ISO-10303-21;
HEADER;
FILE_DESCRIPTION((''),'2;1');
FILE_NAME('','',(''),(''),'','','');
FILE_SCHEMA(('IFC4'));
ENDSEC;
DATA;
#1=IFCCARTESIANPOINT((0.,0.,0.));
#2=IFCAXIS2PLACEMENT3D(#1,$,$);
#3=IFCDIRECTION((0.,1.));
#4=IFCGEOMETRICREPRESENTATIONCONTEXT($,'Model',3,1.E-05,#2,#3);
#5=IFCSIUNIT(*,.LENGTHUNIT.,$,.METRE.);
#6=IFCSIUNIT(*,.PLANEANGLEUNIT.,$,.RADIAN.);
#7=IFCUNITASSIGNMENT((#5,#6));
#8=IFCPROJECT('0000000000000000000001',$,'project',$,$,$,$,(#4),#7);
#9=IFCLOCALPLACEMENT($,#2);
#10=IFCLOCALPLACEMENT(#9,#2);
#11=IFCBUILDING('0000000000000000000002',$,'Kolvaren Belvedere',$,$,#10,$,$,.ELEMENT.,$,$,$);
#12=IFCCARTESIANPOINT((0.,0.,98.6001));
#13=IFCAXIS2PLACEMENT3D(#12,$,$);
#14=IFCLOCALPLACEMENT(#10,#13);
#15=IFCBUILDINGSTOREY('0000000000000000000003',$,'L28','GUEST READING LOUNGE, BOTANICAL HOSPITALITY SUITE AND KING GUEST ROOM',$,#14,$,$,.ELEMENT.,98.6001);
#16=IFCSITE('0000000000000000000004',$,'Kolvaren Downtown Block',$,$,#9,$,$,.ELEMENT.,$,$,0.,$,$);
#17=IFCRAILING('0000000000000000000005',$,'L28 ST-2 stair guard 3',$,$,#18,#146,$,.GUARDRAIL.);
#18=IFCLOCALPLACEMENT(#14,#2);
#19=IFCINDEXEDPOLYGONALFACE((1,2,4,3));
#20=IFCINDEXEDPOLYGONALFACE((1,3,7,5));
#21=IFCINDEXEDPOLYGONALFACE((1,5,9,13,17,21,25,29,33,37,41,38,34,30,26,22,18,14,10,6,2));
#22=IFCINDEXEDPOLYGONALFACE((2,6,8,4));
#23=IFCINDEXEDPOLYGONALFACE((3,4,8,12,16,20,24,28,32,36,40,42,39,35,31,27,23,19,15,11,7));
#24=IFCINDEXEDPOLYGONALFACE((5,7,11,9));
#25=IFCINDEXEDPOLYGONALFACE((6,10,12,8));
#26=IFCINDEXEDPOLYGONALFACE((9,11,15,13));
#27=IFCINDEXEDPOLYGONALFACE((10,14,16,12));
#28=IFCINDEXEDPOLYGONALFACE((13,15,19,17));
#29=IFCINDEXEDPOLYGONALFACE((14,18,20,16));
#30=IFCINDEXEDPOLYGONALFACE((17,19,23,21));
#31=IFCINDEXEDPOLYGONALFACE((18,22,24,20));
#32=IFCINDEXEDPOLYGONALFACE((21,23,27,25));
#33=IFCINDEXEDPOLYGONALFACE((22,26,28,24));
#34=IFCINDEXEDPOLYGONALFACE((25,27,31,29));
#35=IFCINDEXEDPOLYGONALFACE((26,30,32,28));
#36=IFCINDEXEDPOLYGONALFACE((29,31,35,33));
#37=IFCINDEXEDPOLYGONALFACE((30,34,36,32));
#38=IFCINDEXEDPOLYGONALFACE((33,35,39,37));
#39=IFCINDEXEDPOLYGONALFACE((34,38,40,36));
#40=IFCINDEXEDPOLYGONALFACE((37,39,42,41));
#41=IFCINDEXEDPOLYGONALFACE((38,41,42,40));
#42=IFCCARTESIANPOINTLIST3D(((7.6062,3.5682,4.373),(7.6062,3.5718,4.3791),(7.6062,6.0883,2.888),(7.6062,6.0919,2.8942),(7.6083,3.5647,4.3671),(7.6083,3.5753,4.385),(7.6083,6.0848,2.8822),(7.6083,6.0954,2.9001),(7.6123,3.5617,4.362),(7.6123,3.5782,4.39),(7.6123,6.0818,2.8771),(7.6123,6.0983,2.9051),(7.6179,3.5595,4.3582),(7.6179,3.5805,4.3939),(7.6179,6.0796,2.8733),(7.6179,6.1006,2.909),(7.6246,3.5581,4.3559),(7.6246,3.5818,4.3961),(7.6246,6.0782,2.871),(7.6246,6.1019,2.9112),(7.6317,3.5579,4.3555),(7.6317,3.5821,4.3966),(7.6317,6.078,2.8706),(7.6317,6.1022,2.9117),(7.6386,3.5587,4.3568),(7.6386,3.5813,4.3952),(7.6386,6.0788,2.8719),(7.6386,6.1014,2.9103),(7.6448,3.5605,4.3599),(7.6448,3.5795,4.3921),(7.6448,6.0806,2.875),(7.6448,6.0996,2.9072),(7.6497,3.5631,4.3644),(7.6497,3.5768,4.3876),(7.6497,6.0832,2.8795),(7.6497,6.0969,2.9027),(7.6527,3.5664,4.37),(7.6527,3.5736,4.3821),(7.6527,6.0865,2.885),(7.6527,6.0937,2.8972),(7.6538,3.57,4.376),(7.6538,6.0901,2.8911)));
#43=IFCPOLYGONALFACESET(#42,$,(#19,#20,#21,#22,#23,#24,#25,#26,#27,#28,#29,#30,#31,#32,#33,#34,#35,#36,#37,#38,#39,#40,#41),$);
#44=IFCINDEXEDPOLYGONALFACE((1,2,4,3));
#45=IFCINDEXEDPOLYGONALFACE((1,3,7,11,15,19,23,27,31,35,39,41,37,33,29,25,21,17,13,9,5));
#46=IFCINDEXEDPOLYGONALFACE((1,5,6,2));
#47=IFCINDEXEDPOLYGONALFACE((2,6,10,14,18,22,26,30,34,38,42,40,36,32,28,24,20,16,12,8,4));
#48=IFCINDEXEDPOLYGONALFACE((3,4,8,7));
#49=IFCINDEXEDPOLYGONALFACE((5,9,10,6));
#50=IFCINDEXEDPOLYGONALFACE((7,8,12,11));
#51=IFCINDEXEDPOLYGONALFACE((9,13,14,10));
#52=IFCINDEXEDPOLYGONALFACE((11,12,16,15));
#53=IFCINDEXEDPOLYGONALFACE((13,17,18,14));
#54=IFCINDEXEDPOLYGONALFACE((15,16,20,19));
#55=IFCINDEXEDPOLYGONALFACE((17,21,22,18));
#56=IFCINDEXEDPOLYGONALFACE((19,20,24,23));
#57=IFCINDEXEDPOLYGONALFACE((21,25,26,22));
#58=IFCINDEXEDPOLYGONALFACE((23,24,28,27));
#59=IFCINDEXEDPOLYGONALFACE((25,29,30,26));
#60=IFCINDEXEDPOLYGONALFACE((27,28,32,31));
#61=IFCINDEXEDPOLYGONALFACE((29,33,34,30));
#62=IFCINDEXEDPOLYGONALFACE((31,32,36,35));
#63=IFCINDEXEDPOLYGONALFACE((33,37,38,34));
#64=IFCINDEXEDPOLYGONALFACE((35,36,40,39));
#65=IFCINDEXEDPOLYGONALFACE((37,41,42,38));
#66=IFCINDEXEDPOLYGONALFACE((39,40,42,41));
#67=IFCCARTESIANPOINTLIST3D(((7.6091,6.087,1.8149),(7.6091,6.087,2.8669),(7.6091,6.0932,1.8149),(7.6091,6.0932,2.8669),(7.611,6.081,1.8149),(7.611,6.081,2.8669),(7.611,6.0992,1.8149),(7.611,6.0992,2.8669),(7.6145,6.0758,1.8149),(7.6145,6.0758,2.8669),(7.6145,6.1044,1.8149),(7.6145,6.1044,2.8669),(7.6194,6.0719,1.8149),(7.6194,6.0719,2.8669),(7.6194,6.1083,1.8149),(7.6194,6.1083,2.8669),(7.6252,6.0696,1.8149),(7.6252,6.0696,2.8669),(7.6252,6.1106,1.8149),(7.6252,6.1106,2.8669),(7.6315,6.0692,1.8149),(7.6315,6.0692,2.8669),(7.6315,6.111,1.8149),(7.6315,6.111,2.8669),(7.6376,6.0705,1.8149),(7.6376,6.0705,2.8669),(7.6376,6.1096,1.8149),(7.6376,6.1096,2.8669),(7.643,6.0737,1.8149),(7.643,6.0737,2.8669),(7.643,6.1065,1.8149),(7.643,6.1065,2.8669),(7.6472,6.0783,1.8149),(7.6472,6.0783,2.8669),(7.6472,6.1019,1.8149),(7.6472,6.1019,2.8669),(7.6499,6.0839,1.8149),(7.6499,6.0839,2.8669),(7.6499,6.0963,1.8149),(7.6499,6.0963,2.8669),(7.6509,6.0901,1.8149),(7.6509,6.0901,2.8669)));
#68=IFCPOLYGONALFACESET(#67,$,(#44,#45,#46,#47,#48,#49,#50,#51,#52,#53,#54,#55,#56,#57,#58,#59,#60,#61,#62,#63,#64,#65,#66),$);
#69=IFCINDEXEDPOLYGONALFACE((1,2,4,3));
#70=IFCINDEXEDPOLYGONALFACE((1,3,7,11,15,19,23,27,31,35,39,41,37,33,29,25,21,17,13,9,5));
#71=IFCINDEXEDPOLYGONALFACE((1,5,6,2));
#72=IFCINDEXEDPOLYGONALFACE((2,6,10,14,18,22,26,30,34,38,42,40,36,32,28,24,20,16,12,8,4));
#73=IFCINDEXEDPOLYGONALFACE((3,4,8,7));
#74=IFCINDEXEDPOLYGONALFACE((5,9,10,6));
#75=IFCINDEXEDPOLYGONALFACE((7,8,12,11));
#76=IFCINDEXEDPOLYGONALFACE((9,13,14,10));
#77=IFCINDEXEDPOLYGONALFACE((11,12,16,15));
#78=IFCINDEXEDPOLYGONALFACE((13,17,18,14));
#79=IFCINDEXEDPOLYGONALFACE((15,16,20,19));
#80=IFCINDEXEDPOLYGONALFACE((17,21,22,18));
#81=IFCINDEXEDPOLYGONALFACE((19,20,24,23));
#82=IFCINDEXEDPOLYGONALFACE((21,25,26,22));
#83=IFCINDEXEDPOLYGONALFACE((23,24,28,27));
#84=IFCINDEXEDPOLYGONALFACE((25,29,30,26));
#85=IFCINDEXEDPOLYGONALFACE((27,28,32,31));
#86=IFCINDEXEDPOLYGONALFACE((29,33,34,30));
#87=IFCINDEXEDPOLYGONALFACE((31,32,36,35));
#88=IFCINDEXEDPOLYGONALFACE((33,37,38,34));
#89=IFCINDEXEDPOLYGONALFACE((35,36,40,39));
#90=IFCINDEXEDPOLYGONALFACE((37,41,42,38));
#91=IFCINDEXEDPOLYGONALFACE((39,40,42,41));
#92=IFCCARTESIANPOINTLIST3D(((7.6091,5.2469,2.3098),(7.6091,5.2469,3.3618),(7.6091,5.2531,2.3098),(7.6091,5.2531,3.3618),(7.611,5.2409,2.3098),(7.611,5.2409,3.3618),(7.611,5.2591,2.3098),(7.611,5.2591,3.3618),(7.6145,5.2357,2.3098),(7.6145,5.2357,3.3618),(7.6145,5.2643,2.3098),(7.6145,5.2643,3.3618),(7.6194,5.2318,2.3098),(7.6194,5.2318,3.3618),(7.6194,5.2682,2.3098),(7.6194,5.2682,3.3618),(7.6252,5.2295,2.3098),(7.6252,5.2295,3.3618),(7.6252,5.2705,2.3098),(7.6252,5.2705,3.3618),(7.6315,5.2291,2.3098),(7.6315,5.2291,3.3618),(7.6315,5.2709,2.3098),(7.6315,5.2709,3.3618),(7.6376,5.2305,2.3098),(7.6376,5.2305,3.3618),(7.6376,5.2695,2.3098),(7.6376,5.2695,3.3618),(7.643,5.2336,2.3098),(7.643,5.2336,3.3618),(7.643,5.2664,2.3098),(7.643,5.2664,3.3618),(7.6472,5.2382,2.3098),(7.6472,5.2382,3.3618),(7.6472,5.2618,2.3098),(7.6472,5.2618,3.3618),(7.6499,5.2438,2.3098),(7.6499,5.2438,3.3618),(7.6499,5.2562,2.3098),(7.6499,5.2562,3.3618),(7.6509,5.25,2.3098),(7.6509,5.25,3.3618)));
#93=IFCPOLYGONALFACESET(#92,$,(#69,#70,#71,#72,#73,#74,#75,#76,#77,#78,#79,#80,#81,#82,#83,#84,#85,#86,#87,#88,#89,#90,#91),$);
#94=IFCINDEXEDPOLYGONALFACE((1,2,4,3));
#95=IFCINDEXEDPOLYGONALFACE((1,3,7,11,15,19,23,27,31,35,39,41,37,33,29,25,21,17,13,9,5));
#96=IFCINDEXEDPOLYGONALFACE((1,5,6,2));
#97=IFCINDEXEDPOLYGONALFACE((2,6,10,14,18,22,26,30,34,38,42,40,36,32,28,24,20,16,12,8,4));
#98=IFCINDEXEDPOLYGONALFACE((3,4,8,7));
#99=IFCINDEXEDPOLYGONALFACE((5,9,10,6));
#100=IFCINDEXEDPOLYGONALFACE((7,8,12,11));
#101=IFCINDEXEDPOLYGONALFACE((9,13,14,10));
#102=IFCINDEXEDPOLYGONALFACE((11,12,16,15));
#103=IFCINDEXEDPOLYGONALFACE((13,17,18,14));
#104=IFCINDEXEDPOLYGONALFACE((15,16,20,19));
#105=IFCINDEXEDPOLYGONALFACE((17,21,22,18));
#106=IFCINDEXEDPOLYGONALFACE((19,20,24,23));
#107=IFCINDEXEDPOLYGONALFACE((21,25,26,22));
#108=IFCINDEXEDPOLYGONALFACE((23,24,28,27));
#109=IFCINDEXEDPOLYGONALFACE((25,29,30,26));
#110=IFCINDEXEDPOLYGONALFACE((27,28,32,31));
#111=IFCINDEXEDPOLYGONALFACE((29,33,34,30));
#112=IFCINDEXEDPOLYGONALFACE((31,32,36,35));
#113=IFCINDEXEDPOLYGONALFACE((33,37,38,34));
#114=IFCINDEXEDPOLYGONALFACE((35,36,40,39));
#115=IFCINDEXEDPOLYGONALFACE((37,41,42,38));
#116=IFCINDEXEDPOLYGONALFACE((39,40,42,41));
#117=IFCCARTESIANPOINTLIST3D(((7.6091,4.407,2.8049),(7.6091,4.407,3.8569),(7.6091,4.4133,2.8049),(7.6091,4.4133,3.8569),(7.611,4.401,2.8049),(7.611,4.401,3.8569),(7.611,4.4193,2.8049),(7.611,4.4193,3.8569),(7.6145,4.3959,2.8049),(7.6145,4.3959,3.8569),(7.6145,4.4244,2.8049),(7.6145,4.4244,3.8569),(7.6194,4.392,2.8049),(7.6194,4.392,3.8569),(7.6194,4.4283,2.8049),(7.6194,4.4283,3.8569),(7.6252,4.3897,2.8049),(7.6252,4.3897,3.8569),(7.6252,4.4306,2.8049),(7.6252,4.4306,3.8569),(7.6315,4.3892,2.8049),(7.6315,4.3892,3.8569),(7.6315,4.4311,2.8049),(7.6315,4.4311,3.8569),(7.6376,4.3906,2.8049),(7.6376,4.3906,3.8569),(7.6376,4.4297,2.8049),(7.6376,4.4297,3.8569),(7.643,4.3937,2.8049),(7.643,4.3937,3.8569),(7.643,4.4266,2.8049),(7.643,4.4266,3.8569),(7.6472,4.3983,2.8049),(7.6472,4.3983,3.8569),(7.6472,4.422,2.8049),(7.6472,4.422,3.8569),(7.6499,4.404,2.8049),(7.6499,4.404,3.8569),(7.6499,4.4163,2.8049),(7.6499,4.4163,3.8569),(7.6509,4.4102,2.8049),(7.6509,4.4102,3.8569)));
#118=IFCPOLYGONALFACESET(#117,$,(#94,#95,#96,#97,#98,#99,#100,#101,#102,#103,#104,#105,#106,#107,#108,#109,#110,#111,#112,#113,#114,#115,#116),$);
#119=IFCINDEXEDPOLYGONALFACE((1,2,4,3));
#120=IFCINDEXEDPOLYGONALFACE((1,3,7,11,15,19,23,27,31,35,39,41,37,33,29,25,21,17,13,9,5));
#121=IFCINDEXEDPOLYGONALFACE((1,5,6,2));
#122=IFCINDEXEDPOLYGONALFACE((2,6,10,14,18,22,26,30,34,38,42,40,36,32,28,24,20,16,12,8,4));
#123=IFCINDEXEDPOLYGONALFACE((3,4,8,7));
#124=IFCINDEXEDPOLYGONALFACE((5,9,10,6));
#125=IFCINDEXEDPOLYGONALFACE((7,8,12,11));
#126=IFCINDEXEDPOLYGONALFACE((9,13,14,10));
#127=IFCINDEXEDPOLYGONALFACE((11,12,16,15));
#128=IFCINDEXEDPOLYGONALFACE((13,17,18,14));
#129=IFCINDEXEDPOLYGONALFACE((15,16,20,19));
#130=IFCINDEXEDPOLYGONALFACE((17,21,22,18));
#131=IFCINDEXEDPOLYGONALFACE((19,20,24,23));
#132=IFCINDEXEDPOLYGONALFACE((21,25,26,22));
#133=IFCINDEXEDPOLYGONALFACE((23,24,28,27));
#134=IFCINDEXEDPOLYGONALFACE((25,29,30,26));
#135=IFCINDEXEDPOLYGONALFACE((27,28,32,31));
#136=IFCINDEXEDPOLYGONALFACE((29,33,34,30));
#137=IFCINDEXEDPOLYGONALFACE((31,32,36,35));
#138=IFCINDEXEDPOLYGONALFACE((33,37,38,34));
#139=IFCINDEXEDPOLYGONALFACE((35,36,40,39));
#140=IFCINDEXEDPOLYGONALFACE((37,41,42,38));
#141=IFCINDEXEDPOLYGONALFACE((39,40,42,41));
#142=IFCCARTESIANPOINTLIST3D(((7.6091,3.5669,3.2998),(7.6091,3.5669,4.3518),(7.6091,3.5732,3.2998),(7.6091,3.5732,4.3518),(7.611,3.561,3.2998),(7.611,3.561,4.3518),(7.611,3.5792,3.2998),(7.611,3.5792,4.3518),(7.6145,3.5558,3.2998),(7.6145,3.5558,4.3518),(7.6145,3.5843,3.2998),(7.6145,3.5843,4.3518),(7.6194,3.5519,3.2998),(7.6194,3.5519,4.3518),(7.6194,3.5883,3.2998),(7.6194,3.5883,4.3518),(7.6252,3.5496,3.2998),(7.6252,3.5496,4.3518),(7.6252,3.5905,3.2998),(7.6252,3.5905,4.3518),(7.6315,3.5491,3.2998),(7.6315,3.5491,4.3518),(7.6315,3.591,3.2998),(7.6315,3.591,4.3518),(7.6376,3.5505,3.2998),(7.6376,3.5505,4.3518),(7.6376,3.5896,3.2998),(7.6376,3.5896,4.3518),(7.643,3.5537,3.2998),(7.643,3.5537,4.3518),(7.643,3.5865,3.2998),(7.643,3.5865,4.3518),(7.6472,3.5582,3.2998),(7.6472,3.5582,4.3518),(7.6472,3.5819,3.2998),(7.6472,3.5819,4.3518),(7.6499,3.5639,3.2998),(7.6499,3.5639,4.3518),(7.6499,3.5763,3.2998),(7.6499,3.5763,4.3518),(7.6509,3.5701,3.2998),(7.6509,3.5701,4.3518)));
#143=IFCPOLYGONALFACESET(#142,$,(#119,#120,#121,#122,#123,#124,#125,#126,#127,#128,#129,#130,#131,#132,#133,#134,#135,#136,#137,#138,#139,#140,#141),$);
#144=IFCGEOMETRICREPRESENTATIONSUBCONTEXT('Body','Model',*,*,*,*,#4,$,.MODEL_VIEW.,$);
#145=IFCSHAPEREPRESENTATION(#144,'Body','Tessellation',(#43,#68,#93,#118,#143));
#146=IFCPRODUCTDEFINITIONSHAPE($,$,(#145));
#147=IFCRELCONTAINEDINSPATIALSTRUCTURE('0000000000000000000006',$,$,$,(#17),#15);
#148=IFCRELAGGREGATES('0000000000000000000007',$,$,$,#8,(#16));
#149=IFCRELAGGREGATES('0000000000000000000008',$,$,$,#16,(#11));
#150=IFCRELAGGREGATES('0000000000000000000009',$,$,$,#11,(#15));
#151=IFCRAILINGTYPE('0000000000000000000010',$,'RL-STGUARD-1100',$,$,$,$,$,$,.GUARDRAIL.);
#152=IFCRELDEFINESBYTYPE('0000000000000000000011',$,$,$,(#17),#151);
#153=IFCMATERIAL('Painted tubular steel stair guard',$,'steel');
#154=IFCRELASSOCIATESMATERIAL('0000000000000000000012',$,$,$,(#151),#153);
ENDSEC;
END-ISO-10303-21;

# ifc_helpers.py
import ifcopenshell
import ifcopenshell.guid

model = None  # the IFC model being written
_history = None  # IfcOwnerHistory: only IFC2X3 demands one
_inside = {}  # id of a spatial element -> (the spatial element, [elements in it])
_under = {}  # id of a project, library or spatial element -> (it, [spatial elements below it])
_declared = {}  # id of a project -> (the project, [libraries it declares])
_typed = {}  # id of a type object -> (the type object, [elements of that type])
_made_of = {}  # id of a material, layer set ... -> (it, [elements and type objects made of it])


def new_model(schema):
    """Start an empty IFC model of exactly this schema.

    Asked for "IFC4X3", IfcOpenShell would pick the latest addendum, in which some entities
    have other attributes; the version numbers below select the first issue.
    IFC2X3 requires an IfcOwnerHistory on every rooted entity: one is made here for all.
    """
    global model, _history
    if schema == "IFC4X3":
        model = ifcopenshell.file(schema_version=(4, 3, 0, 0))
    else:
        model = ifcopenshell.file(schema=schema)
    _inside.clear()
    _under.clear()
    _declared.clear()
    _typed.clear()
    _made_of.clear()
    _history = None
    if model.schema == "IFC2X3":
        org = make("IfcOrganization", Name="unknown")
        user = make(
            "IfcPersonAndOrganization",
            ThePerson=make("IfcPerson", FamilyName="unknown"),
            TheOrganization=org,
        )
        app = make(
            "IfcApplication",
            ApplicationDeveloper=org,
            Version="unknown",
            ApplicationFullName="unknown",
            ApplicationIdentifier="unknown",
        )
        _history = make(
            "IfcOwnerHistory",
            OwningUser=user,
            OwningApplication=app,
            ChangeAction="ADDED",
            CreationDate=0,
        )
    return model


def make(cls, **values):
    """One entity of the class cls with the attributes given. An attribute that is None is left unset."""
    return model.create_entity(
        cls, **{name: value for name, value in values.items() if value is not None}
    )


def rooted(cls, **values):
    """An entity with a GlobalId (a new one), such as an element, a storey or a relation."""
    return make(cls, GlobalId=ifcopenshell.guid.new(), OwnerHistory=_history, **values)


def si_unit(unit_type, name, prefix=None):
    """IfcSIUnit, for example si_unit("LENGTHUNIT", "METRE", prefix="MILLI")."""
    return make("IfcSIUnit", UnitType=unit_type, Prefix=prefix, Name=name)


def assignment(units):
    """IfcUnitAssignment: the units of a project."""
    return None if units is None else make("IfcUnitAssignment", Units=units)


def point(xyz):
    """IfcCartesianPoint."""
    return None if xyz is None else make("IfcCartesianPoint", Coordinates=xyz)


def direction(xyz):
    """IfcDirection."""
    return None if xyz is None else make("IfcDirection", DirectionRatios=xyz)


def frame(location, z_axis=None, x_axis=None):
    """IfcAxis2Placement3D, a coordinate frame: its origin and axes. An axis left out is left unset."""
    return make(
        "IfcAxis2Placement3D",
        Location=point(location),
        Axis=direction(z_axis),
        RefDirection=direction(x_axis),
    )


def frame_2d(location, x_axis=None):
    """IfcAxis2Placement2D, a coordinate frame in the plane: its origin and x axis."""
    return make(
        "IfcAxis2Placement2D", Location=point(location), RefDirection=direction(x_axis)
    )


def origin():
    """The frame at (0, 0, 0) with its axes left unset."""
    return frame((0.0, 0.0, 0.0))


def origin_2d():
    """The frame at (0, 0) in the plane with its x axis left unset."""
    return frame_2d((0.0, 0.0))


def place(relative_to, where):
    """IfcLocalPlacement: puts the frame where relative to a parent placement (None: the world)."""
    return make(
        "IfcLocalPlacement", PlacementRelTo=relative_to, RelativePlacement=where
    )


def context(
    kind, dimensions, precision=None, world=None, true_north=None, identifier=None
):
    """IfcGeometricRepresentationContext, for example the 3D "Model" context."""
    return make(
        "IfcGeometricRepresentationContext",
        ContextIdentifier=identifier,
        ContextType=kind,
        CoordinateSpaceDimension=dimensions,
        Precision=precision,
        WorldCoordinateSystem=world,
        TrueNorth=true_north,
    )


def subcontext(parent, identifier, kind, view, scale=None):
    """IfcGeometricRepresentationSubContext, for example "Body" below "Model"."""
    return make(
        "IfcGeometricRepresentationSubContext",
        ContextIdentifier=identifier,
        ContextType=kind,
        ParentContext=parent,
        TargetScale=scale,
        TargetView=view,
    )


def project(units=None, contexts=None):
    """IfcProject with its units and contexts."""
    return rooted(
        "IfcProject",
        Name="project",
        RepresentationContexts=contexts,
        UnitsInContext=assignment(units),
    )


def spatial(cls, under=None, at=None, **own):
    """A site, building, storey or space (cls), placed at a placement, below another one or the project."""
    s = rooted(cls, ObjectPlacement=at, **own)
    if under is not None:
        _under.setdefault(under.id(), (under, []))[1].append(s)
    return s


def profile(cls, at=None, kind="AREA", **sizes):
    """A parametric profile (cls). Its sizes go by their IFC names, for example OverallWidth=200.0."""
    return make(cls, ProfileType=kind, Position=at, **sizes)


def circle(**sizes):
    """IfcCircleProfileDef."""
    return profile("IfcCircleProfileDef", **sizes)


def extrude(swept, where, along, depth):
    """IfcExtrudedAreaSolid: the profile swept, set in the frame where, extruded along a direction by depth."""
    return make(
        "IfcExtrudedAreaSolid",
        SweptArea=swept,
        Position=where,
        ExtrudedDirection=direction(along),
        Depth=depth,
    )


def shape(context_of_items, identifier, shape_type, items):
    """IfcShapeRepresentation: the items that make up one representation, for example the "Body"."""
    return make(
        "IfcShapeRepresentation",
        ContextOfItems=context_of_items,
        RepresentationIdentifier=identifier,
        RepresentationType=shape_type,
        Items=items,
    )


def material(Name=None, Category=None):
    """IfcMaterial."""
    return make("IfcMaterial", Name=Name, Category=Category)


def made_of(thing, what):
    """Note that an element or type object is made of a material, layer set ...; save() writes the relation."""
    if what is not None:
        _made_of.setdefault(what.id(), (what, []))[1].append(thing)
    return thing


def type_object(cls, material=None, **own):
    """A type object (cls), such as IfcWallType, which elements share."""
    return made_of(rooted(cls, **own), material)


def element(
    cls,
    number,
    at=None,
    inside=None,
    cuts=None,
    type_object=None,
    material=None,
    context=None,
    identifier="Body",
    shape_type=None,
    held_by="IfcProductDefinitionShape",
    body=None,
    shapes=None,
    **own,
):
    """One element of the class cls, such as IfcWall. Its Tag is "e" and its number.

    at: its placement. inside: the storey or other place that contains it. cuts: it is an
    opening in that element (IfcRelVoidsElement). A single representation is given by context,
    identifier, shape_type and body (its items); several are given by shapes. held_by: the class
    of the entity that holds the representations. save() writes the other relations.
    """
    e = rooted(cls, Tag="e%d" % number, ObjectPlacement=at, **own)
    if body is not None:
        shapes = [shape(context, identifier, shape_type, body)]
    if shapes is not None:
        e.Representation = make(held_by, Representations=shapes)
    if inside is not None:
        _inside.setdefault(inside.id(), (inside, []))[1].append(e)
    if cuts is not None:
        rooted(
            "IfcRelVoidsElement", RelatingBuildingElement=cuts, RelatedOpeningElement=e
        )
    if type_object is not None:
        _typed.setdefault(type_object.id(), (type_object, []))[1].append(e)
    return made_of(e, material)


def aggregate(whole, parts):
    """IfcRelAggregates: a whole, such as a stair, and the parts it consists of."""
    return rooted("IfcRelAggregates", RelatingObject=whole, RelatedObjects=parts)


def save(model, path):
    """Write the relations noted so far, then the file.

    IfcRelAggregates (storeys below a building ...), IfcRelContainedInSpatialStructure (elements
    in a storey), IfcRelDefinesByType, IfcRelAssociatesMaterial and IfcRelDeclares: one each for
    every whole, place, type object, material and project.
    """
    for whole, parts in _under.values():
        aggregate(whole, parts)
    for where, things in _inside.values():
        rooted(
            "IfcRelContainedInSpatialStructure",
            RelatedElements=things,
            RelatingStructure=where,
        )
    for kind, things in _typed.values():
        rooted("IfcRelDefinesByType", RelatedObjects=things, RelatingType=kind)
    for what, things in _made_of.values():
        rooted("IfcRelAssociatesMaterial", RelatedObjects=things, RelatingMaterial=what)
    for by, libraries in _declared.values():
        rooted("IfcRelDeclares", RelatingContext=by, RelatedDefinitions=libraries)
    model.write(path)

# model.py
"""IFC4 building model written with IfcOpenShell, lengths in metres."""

from ifc_helpers import new_model, si_unit, direction, frame, origin, origin_2d, place, context, subcontext, project, spatial, circle, extrude, material, type_object, element, save


model = new_model("IFC4")

# Units and contexts
model_context = context("Model", 3, precision=1e-05, world=origin(), true_north=direction((0.0, 1.0)))
body_context = subcontext(model_context, "Body", "Model", "MODEL_VIEW")
ifc_project = project(units=[si_unit("LENGTHUNIT", "METRE"), si_unit("PLANEANGLEUNIT", "RADIAN")], contexts=[model_context])

# Site, building, storey
site_placement = place(None, origin())
site = spatial("IfcSite", under=ifc_project, at=site_placement, Name="Kolvaren Downtown Block", CompositionType="ELEMENT", RefElevation=0.0)
building_placement = place(site_placement, origin())
building = spatial("IfcBuilding", under=site, at=building_placement, Name="Kolvaren Belvedere", CompositionType="ELEMENT")
storey_placement = place(building_placement, frame((0.0, 0.0, 98.6001)))
storey = spatial("IfcBuildingStorey", under=building, at=storey_placement, Name="L28", Description="GUEST READING LOUNGE, BOTANICAL HOSPITALITY SUITE AND KING GUEST ROOM", CompositionType="ELEMENT", Elevation=98.6001)

# Railing
ifc_material_1 = material(Name="Painted tubular steel stair guard", Category="steel")
railing_type_1 = type_object("IfcRailingType", Name="RL-STGUARD-1100", PredefinedType="GUARDRAIL", material=ifc_material_1)
railing_1_placement = place(storey_placement, frame((7.6299, 6.0901, 1.8149)))
element("IfcRailing", 1, at=railing_1_placement, inside=storey, type_object=railing_type_1, Name="L28 ST-2 stair guard 3", PredefinedType="GUARDRAIL", context=body_context, shape_type="SweptSolid", body=[
    extrude(circle(Radius=0.0239, at=origin_2d()), frame((0.0, 0.0, 1.0762), z_axis=(0.0, -0.861561, 0.507655), x_axis=(1.0, 0.0, 0.0)), (0.0, 0.0, 1.0), 2.925),
    extrude(circle(Radius=0.021, at=origin_2d()), origin(), (0.0, 0.0, 1.0), 1.052),
    extrude(circle(Radius=0.021, at=origin_2d()), frame((0.0, -0.8401, 0.4949)), (0.0, 0.0, 1.0), 1.052),
    extrude(circle(Radius=0.021, at=origin_2d()), frame((0.0, -1.6799, 0.99)), (0.0, 0.0, 1.0), 1.052),
    extrude(circle(Radius=0.021, at=origin_2d()), frame((0.0, -2.52, 1.4849)), (0.0, 0.0, 1.0), 1.052),
])

save(model, "model.ifc")
